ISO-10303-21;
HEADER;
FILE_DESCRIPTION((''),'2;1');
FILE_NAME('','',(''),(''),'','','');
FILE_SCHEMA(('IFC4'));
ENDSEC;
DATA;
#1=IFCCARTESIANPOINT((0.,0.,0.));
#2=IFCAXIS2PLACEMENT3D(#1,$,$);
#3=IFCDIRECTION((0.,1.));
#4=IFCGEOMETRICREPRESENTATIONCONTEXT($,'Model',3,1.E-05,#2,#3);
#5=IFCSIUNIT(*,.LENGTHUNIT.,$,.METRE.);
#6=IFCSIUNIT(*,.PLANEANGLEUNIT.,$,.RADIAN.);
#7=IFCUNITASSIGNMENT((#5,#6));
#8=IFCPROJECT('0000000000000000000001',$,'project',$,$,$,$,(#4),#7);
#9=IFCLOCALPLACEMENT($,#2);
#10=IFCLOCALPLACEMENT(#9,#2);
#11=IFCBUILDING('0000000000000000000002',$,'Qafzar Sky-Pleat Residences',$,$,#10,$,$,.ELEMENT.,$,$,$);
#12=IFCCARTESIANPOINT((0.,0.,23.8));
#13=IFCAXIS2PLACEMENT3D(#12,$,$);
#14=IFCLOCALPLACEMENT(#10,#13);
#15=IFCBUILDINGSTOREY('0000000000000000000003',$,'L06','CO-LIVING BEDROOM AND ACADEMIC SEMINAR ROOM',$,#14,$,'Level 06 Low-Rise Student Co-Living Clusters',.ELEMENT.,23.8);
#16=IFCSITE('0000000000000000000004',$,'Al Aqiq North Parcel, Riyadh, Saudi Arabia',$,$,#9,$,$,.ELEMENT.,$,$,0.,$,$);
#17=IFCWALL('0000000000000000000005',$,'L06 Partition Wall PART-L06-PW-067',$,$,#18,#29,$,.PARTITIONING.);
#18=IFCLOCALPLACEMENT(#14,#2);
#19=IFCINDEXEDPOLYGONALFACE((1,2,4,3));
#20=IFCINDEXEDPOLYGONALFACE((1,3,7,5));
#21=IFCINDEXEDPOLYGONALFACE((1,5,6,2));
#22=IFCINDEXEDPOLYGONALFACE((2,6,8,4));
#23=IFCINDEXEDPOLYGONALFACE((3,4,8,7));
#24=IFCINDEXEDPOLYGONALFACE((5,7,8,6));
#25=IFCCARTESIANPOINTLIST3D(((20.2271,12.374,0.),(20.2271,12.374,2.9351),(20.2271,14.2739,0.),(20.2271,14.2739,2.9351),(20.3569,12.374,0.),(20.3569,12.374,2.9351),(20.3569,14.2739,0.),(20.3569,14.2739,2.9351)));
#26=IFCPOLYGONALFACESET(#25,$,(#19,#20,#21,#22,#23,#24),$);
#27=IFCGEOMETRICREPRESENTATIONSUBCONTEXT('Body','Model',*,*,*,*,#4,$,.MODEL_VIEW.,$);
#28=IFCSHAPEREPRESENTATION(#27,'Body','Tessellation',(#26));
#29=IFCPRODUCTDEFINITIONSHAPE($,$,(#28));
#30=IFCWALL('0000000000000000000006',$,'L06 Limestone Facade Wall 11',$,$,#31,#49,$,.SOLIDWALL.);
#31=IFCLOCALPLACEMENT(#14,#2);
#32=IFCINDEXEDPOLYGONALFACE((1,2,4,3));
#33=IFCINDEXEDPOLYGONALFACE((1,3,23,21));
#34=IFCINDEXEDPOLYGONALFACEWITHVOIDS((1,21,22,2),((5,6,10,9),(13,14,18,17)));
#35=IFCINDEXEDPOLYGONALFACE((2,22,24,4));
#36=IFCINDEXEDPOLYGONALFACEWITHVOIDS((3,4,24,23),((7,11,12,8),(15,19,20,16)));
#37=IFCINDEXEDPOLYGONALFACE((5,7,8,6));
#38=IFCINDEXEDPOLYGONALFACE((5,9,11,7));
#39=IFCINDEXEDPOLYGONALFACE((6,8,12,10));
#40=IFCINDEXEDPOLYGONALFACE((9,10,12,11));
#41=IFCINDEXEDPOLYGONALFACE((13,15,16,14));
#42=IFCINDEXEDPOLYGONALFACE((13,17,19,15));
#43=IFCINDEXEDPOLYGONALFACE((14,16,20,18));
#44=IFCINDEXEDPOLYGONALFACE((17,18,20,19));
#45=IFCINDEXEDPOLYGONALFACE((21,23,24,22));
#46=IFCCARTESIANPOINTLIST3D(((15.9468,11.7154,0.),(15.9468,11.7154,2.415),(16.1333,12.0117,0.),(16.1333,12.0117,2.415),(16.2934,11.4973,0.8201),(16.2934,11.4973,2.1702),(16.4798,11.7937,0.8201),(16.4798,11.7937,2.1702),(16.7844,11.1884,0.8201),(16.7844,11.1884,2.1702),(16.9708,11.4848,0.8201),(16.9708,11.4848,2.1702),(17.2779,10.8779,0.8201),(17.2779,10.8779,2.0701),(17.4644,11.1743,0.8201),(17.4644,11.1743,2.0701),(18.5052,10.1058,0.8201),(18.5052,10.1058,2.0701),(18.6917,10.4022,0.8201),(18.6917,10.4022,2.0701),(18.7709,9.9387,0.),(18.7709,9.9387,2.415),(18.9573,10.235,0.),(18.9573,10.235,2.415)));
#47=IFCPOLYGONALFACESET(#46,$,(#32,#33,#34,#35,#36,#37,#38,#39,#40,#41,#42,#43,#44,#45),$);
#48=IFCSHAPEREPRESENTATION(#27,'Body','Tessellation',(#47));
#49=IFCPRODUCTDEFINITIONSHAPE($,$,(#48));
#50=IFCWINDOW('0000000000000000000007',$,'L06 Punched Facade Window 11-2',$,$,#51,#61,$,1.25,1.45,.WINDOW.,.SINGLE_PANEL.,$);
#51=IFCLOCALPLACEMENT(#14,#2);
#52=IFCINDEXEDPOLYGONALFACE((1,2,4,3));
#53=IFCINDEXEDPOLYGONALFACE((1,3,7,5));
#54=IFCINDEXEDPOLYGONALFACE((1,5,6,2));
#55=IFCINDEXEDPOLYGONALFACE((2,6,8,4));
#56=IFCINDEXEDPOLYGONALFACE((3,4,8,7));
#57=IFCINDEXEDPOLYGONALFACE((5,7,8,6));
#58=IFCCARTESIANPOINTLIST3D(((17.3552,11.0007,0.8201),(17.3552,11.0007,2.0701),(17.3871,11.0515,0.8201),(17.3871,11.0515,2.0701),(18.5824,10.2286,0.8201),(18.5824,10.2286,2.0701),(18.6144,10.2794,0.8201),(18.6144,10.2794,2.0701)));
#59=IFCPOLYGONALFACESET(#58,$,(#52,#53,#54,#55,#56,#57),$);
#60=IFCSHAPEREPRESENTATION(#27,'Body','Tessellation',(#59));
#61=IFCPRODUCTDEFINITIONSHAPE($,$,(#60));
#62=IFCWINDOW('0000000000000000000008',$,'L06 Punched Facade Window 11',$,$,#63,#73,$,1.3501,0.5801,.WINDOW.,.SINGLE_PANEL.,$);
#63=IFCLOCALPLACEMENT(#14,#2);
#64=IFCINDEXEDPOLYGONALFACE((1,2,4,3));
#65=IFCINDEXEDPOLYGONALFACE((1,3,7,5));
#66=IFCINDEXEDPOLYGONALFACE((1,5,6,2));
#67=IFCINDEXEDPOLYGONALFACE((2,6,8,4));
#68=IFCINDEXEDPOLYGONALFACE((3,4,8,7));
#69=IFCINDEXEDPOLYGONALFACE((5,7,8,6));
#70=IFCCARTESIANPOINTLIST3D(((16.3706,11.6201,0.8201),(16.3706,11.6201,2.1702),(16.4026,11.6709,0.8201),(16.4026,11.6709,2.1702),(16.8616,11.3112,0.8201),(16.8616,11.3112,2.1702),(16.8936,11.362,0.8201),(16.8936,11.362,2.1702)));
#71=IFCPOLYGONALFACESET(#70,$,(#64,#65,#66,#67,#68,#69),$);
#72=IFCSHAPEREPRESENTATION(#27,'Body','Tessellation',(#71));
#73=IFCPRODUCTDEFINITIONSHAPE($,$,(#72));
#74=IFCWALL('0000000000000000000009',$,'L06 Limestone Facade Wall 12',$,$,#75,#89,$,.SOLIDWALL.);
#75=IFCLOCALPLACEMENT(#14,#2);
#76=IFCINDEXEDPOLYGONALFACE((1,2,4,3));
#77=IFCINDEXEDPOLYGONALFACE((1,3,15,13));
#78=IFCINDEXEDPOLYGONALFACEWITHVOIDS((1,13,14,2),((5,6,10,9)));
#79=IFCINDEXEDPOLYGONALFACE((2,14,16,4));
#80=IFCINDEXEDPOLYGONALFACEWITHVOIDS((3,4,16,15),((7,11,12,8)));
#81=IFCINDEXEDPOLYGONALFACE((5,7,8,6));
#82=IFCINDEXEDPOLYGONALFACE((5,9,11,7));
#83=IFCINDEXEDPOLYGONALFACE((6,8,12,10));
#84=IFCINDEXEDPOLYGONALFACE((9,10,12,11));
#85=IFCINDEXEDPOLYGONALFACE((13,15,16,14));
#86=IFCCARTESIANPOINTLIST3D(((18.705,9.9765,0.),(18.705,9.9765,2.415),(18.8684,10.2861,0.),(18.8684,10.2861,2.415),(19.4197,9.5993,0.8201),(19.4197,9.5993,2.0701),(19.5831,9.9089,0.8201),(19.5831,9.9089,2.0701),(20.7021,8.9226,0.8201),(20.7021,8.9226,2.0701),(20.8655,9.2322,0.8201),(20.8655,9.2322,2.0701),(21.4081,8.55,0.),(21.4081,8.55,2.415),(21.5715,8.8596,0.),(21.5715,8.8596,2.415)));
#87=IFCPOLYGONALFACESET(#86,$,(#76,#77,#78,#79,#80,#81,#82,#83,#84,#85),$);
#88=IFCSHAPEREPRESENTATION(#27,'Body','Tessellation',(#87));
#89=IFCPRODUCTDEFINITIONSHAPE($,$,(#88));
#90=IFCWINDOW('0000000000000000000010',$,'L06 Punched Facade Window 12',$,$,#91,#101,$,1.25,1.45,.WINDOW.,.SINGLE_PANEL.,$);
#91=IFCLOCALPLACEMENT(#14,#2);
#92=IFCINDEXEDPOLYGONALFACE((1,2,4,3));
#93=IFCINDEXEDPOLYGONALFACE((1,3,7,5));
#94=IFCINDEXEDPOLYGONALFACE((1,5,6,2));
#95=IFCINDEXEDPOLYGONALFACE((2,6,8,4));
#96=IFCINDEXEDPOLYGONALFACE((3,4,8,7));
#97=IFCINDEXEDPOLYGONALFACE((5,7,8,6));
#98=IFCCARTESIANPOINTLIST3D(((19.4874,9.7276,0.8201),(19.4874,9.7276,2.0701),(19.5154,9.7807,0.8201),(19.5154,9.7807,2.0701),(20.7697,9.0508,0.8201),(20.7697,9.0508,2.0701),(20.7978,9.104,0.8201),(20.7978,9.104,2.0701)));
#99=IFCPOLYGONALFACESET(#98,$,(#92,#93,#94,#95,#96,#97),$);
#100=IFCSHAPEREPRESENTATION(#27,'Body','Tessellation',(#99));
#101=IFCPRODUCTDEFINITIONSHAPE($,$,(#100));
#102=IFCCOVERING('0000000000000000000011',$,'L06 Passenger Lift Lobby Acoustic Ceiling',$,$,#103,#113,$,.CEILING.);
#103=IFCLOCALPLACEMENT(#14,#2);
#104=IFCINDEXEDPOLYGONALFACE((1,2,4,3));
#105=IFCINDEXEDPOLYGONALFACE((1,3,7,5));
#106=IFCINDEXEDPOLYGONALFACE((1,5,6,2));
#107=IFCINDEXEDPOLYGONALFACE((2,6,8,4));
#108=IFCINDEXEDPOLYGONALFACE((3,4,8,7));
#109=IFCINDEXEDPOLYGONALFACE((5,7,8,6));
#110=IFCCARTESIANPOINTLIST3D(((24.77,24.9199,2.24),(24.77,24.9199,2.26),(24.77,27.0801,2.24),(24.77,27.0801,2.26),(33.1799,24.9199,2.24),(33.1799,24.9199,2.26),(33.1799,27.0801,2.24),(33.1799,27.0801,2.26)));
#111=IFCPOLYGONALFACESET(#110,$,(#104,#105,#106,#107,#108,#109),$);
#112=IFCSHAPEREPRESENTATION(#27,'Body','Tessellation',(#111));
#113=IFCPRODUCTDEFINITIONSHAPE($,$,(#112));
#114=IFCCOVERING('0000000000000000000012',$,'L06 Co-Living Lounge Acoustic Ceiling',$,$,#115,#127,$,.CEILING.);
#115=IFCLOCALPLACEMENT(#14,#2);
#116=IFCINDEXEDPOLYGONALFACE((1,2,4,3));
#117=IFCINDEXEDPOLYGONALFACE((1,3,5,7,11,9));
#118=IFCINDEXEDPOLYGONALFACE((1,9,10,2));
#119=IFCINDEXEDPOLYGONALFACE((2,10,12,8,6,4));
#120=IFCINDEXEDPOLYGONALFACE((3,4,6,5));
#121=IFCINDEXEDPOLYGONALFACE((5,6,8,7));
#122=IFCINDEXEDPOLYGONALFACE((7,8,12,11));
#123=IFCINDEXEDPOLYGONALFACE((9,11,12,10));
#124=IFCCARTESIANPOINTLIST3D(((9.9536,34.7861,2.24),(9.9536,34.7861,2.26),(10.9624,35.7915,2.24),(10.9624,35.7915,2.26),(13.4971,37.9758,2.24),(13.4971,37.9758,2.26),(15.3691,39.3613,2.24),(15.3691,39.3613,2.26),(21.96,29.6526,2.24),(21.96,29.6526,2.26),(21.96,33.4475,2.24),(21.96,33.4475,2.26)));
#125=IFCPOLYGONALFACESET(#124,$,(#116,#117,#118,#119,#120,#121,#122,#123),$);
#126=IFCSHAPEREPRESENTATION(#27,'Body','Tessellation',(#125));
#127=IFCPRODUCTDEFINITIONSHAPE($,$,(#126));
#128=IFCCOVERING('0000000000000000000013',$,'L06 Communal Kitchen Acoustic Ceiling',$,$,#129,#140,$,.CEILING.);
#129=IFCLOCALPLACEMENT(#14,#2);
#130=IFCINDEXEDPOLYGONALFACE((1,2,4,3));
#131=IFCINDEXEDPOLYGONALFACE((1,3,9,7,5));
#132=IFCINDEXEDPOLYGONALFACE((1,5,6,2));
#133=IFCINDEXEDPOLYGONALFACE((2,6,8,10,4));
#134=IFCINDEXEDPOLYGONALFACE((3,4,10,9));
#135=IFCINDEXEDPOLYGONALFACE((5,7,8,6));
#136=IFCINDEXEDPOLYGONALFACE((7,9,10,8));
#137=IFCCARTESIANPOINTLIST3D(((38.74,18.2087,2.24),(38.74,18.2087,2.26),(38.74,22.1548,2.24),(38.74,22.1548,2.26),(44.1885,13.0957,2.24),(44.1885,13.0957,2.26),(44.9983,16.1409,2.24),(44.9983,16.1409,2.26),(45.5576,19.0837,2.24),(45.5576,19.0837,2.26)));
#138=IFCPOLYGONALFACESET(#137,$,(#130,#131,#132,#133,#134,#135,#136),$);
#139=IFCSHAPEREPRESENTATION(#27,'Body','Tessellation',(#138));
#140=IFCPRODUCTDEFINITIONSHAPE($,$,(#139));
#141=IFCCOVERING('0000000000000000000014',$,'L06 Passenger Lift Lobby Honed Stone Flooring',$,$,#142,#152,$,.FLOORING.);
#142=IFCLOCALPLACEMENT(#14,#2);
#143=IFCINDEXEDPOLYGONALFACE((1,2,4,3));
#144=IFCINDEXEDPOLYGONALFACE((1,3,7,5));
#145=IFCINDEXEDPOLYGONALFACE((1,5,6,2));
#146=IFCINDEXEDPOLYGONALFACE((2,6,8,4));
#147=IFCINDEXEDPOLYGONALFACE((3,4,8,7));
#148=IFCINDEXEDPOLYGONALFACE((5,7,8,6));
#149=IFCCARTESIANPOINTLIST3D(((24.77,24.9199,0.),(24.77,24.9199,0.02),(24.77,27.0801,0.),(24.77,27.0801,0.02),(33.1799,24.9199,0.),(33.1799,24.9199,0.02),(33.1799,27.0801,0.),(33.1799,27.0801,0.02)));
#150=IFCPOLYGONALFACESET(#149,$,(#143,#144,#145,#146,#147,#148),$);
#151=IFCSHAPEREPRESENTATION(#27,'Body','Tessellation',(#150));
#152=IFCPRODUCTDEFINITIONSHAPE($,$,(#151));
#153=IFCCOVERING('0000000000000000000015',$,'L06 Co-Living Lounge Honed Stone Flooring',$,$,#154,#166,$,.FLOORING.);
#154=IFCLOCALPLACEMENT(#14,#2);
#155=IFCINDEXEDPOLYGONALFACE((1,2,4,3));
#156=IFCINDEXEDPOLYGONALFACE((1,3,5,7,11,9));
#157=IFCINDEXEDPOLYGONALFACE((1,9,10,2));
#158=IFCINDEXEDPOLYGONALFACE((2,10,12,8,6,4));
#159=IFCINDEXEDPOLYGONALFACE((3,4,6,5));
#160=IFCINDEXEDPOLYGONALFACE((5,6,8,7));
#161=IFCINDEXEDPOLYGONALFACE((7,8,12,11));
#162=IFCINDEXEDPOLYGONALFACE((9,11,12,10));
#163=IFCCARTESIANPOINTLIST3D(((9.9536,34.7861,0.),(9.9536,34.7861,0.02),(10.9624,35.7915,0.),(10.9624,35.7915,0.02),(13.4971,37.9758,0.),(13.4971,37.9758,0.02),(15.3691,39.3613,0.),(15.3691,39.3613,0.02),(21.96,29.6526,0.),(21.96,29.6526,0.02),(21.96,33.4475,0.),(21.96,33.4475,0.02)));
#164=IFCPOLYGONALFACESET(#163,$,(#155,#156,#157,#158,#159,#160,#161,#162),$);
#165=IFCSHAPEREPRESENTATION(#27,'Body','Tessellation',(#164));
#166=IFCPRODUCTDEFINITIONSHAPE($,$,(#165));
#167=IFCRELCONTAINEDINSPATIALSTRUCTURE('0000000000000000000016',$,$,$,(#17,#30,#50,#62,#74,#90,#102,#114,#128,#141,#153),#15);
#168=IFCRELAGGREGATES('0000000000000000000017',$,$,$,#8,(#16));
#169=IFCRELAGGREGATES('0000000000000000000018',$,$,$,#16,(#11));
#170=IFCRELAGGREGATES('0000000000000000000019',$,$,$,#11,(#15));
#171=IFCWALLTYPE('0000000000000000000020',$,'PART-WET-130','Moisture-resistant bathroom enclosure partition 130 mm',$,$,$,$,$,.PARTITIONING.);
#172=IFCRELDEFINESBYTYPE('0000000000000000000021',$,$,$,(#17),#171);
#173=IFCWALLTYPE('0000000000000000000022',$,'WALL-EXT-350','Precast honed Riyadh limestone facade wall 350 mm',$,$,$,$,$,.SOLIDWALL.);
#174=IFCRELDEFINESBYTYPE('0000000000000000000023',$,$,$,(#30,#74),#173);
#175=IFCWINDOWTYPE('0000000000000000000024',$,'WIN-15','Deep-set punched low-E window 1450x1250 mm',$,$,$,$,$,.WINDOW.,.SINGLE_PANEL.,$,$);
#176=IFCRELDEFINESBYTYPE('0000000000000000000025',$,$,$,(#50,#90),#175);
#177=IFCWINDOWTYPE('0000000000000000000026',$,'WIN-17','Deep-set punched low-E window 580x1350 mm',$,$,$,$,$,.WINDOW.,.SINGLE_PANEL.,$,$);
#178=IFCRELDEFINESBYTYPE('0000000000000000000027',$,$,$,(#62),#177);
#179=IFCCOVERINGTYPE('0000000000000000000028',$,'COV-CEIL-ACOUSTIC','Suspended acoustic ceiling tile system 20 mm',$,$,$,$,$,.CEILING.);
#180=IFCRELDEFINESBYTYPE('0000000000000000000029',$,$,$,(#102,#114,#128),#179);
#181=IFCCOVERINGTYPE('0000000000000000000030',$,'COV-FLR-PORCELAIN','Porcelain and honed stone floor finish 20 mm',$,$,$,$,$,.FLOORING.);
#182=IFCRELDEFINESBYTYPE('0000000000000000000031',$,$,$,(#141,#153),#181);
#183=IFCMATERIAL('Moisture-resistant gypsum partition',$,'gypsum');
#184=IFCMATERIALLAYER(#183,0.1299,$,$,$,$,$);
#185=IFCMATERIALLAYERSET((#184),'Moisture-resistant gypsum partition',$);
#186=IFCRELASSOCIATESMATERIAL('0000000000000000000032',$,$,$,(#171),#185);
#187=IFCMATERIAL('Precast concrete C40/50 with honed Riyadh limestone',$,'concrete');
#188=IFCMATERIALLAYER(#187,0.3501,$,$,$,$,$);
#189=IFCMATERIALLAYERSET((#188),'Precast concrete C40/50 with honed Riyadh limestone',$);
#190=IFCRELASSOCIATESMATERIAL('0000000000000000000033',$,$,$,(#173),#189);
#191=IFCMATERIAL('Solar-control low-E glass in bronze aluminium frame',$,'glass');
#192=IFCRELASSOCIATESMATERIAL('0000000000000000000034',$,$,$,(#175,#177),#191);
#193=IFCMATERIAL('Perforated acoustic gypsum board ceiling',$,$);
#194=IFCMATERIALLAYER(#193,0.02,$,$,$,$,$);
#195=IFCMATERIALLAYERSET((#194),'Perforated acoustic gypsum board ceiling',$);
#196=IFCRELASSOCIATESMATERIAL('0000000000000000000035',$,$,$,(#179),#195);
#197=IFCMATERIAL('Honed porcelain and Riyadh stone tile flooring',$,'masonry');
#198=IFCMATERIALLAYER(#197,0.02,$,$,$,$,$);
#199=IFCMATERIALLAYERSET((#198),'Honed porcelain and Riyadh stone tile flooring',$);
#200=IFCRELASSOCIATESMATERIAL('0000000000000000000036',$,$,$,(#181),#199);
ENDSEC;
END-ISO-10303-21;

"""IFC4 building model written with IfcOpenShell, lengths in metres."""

from ifc_helpers import new_model, si_unit, direction, frame, frame_2d, origin, place, context, subcontext, project, spatial, polyline, rectangle, outline, extrude, source, transform, mapped, material, layer, layer_set, type_object, element, fill, save


model = new_model("IFC4")

# Units and contexts
model_context = context("Model", 3, precision=1e-05, world=origin(), true_north=direction((0.0, 1.0)))
body_context = subcontext(model_context, "Body", "Model", "MODEL_VIEW")
ifc_project = project(units=[si_unit("LENGTHUNIT", "METRE"), si_unit("PLANEANGLEUNIT", "RADIAN")], contexts=[model_context])

# Site, building, storey
site_placement = place(None, origin())
site = spatial("IfcSite", under=ifc_project, at=site_placement, Name="Al Aqiq North Parcel, Riyadh, Saudi Arabia", CompositionType="ELEMENT", RefElevation=0.0)
building_placement = place(site_placement, origin())
building = spatial("IfcBuilding", under=site, at=building_placement, Name="Qafzar Sky-Pleat Residences", CompositionType="ELEMENT")
storey_placement = place(building_placement, frame((0.0, 0.0, 23.8)))
storey = spatial("IfcBuildingStorey", under=building, at=storey_placement, Name="L06", Description="CO-LIVING BEDROOM AND ACADEMIC SEMINAR ROOM", LongName="Level 06 Low-Rise Student Co-Living Clusters", CompositionType="ELEMENT", Elevation=23.8)

# Wall
ifc_material_1 = material(Name="Moisture-resistant gypsum partition", Category="gypsum")
ifc_layer_1 = layer(ifc_material_1, 0.1299)
ifc_layer_set_1 = layer_set([ifc_layer_1], Name="Moisture-resistant gypsum partition")
wall_type_1 = type_object("IfcWallType", Name="PART-WET-130", Description="Moisture-resistant bathroom enclosure partition 130 mm", PredefinedType="PARTITIONING", material=ifc_layer_set_1)
wall_1_placement = place(storey_placement, frame((20.292, 12.374, 0.0), z_axis=(0.0, 0.0, 1.0), x_axis=(0.0, 1.0, 0.0)))
element("IfcWall", 1, at=wall_1_placement, inside=storey, type_object=wall_type_1, Name="L06 Partition Wall PART-L06-PW-067", PredefinedType="PARTITIONING", context=body_context, shape_type="SweptSolid", body=[
    extrude(rectangle(XDim=1.8999, YDim=0.1299, at=frame_2d((0.95, 0.0))), origin(), (0.0, 0.0, 1.0), 2.9351),
])

# Wall, openings, windows
ifc_material_2 = material(Name="Precast concrete C40/50 with honed Riyadh limestone", Category="concrete")
ifc_layer_2 = layer(ifc_material_2, 0.3501)
ifc_layer_set_2 = layer_set([ifc_layer_2], Name="Precast concrete C40/50 with honed Riyadh limestone")
wall_type_2 = type_object("IfcWallType", Name="WALL-EXT-350", Description="Precast honed Riyadh limestone facade wall 350 mm", PredefinedType="SOLIDWALL", material=ifc_layer_set_2)
wall_2_placement = place(storey_placement, frame((16.04, 11.8635, 0.0), z_axis=(0.0, 0.0, 1.0), x_axis=(0.846428, -0.532503, 0.0)))
wall_2 = element("IfcWall", 2, at=wall_2_placement, inside=storey, type_object=wall_type_2, Name="L06 Limestone Facade Wall 11", PredefinedType="SOLIDWALL", context=body_context, shape_type="SweptSolid", body=[
    extrude(rectangle(XDim=3.3364, YDim=0.3501, at=frame_2d((1.6682, 0.0))), origin(), (0.0, 0.0, 1.0), 2.415),
])
opening_1_placement = place(wall_2_placement, frame((0.4094, 0.0, 0.8201)))
opening_1 = element("IfcOpeningElement", 3, at=opening_1_placement, cuts=wall_2, PredefinedType="OPENING", context=body_context, shape_type="SweptSolid", body=[
    extrude(rectangle(XDim=0.5801, YDim=1.3501, at=frame_2d((0.29, 0.675))), frame((0.0, 0.1851, 0.0), z_axis=(0.0, -1.0, 0.0), x_axis=(1.0, 0.0, 0.0)), (0.0, 0.0, 1.0), 0.3701),
])
opening_2_placement = place(wall_2_placement, frame((1.5725, 0.0, 0.8201)))
opening_2 = element("IfcOpeningElement", 4, at=opening_2_placement, cuts=wall_2, PredefinedType="OPENING", context=body_context, shape_type="SweptSolid", body=[
    extrude(rectangle(XDim=1.45, YDim=1.25, at=frame_2d((0.7251, 0.625))), frame((0.0, 0.1851, 0.0), z_axis=(0.0, -1.0, 0.0), x_axis=(1.0, 0.0, 0.0)), (0.0, 0.0, 1.0), 0.3701),
])
ifc_material_3 = material(Name="Solar-control low-E glass in bronze aluminium frame", Category="glass")
window_type_1 = type_object("IfcWindowType", Name="WIN-15", Description="Deep-set punched low-E window 1450x1250 mm", PartitioningType="SINGLE_PANEL", PredefinedType="WINDOW", material=ifc_material_3)
shared_shape_1 = source(origin(), body_context, "Body", "SweptSolid", [
    extrude(rectangle(XDim=1.45, YDim=1.25, at=frame_2d((0.7251, 0.625))), frame((0.0, 0.03, 0.0), z_axis=(0.0, -1.0, 0.0), x_axis=(1.0, 0.0, 0.0)), (0.0, 0.0, 1.0), 0.0601),
])
window_1_placement = place(opening_2_placement, origin())
window_1 = element("IfcWindow", 5, at=window_1_placement, inside=storey, type_object=window_type_1, Name="L06 Punched Facade Window 11-2", OverallHeight=1.25, OverallWidth=1.45, PartitioningType="SINGLE_PANEL", PredefinedType="WINDOW", context=body_context, shape_type="MappedRepresentation", body=[
    mapped(shared_shape_1, transform((0.0, 0.0, 0.0), x_axis=(1.0, 0.0, 0.0), y_axis=(0.0, 1.0, 0.0), z_axis=(0.0, 0.0, 1.0), scale=1.0)),
])
fill(opening_2, window_1)
window_type_2 = type_object("IfcWindowType", Name="WIN-17", Description="Deep-set punched low-E window 580x1350 mm", PartitioningType="SINGLE_PANEL", PredefinedType="WINDOW", material=ifc_material_3)
shared_shape_2 = source(origin(), body_context, "Body", "SweptSolid", [
    extrude(rectangle(XDim=0.5801, YDim=1.3501, at=frame_2d((0.29, 0.675))), frame((0.0, 0.03, 0.0), z_axis=(0.0, -1.0, 0.0), x_axis=(1.0, 0.0, 0.0)), (0.0, 0.0, 1.0), 0.0601),
])
window_2_placement = place(opening_1_placement, origin())
window_2 = element("IfcWindow", 6, at=window_2_placement, inside=storey, type_object=window_type_2, Name="L06 Punched Facade Window 11", OverallHeight=1.3501, OverallWidth=0.5801, PartitioningType="SINGLE_PANEL", PredefinedType="WINDOW", context=body_context, shape_type="MappedRepresentation", body=[
    mapped(shared_shape_2, transform((0.0, 0.0, 0.0), x_axis=(1.0, 0.0, 0.0), y_axis=(0.0, 1.0, 0.0), z_axis=(0.0, 0.0, 1.0), scale=1.0)),
])
fill(opening_1, window_2)

# Wall, opening, window
wall_3_placement = place(storey_placement, frame((18.7866, 10.1313, 0.0), z_axis=(0.0, 0.0, 1.0), x_axis=(0.884403, -0.466724, 0.0)))
wall_3 = element("IfcWall", 7, at=wall_3_placement, inside=storey, type_object=wall_type_2, Name="L06 Limestone Facade Wall 12", PredefinedType="SOLIDWALL", context=body_context, shape_type="SweptSolid", body=[
    extrude(rectangle(XDim=3.0564, YDim=0.3501, at=frame_2d((1.5283, 0.0))), origin(), (0.0, 0.0, 1.0), 2.415),
])
opening_3_placement = place(wall_3_placement, frame((0.8081, 0.0, 0.8201)))
opening_3 = element("IfcOpeningElement", 8, at=opening_3_placement, cuts=wall_3, PredefinedType="OPENING", context=body_context, shape_type="SweptSolid", body=[
    extrude(rectangle(XDim=1.45, YDim=1.25, at=frame_2d((0.7251, 0.625))), frame((0.0, 0.1851, 0.0), z_axis=(0.0, -1.0, 0.0), x_axis=(1.0, 0.0, 0.0)), (0.0, 0.0, 1.0), 0.3701),
])
window_3_placement = place(opening_3_placement, origin())
window_3 = element("IfcWindow", 9, at=window_3_placement, inside=storey, type_object=window_type_1, Name="L06 Punched Facade Window 12", OverallHeight=1.25, OverallWidth=1.45, PartitioningType="SINGLE_PANEL", PredefinedType="WINDOW", context=body_context, shape_type="MappedRepresentation", body=[
    mapped(shared_shape_1, transform((0.0, 0.0, 0.0), x_axis=(1.0, 0.0, 0.0), y_axis=(0.0, 1.0, 0.0), z_axis=(0.0, 0.0, 1.0), scale=1.0)),
])
fill(opening_3, window_3)

# Coverings
ifc_material_4 = material(Name="Perforated acoustic gypsum board ceiling")
ifc_layer_3 = layer(ifc_material_4, 0.02)
ifc_layer_set_3 = layer_set([ifc_layer_3], Name="Perforated acoustic gypsum board ceiling")
covering_type_1 = type_object("IfcCoveringType", Name="COV-CEIL-ACOUSTIC", Description="Suspended acoustic ceiling tile system 20 mm", PredefinedType="CEILING", material=ifc_layer_set_3)
covering_1_placement = place(storey_placement, frame((0.0, 0.0, 2.24)))
element("IfcCovering", 10, at=covering_1_placement, inside=storey, type_object=covering_type_1, Name="L06 Passenger Lift Lobby Acoustic Ceiling", PredefinedType="CEILING", context=body_context, shape_type="SweptSolid", body=[
    extrude(outline(polyline([(33.1799, 24.9199), (24.77, 24.9199), (24.77, 27.0801), (33.1799, 27.0801), (33.1799, 24.9199)])), origin(), (0.0, 0.0, 1.0), 0.02),
])
covering_2_placement = place(storey_placement, frame((0.0, 0.0, 2.24)))
element("IfcCovering", 11, at=covering_2_placement, inside=storey, type_object=covering_type_1, Name="L06 Co-Living Lounge Acoustic Ceiling", PredefinedType="CEILING", context=body_context, shape_type="SweptSolid", body=[
    extrude(outline(polyline([(13.4971, 37.9758), (15.3691, 39.3613), (21.96, 33.4475), (21.96, 29.6526), (9.9536, 34.7861), (10.9624, 35.7915), (13.4971, 37.9758)])), origin(), (0.0, 0.0, 1.0), 0.02),
])
covering_3_placement = place(storey_placement, frame((0.0, 0.0, 2.24)))
element("IfcCovering", 12, at=covering_3_placement, inside=storey, type_object=covering_type_1, Name="L06 Communal Kitchen Acoustic Ceiling", PredefinedType="CEILING", context=body_context, shape_type="SweptSolid", body=[
    extrude(outline(polyline([(44.1885, 13.0957), (38.74, 18.2087), (38.74, 22.1548), (45.5576, 19.0837), (44.9983, 16.1409), (44.1885, 13.0957)])), origin(), (0.0, 0.0, 1.0), 0.02),
])
ifc_material_5 = material(Name="Honed porcelain and Riyadh stone tile flooring", Category="masonry")
ifc_layer_4 = layer(ifc_material_5, 0.02)
ifc_layer_set_4 = layer_set([ifc_layer_4], Name="Honed porcelain and Riyadh stone tile flooring")
covering_type_2 = type_object("IfcCoveringType", Name="COV-FLR-PORCELAIN", Description="Porcelain and honed stone floor finish 20 mm", PredefinedType="FLOORING", material=ifc_layer_set_4)
covering_4_placement = place(storey_placement, origin())
element("IfcCovering", 13, at=covering_4_placement, inside=storey, type_object=covering_type_2, Name="L06 Passenger Lift Lobby Honed Stone Flooring", PredefinedType="FLOORING", context=body_context, shape_type="SweptSolid", body=[
    extrude(outline(polyline([(33.1799, 24.9199), (24.77, 24.9199), (24.77, 27.0801), (33.1799, 27.0801), (33.1799, 24.9199)])), origin(), (0.0, 0.0, 1.0), 0.02),
])
covering_5_placement = place(storey_placement, origin())
element("IfcCovering", 14, at=covering_5_placement, inside=storey, type_object=covering_type_2, Name="L06 Co-Living Lounge Honed Stone Flooring", PredefinedType="FLOORING", context=body_context, shape_type="SweptSolid", body=[
    extrude(outline(polyline([(13.4971, 37.9758), (15.3691, 39.3613), (21.96, 33.4475), (21.96, 29.6526), (9.9536, 34.7861), (10.9624, 35.7915), (13.4971, 37.9758)])), origin(), (0.0, 0.0, 1.0), 0.02),
])

save(model, "model.ifc")
